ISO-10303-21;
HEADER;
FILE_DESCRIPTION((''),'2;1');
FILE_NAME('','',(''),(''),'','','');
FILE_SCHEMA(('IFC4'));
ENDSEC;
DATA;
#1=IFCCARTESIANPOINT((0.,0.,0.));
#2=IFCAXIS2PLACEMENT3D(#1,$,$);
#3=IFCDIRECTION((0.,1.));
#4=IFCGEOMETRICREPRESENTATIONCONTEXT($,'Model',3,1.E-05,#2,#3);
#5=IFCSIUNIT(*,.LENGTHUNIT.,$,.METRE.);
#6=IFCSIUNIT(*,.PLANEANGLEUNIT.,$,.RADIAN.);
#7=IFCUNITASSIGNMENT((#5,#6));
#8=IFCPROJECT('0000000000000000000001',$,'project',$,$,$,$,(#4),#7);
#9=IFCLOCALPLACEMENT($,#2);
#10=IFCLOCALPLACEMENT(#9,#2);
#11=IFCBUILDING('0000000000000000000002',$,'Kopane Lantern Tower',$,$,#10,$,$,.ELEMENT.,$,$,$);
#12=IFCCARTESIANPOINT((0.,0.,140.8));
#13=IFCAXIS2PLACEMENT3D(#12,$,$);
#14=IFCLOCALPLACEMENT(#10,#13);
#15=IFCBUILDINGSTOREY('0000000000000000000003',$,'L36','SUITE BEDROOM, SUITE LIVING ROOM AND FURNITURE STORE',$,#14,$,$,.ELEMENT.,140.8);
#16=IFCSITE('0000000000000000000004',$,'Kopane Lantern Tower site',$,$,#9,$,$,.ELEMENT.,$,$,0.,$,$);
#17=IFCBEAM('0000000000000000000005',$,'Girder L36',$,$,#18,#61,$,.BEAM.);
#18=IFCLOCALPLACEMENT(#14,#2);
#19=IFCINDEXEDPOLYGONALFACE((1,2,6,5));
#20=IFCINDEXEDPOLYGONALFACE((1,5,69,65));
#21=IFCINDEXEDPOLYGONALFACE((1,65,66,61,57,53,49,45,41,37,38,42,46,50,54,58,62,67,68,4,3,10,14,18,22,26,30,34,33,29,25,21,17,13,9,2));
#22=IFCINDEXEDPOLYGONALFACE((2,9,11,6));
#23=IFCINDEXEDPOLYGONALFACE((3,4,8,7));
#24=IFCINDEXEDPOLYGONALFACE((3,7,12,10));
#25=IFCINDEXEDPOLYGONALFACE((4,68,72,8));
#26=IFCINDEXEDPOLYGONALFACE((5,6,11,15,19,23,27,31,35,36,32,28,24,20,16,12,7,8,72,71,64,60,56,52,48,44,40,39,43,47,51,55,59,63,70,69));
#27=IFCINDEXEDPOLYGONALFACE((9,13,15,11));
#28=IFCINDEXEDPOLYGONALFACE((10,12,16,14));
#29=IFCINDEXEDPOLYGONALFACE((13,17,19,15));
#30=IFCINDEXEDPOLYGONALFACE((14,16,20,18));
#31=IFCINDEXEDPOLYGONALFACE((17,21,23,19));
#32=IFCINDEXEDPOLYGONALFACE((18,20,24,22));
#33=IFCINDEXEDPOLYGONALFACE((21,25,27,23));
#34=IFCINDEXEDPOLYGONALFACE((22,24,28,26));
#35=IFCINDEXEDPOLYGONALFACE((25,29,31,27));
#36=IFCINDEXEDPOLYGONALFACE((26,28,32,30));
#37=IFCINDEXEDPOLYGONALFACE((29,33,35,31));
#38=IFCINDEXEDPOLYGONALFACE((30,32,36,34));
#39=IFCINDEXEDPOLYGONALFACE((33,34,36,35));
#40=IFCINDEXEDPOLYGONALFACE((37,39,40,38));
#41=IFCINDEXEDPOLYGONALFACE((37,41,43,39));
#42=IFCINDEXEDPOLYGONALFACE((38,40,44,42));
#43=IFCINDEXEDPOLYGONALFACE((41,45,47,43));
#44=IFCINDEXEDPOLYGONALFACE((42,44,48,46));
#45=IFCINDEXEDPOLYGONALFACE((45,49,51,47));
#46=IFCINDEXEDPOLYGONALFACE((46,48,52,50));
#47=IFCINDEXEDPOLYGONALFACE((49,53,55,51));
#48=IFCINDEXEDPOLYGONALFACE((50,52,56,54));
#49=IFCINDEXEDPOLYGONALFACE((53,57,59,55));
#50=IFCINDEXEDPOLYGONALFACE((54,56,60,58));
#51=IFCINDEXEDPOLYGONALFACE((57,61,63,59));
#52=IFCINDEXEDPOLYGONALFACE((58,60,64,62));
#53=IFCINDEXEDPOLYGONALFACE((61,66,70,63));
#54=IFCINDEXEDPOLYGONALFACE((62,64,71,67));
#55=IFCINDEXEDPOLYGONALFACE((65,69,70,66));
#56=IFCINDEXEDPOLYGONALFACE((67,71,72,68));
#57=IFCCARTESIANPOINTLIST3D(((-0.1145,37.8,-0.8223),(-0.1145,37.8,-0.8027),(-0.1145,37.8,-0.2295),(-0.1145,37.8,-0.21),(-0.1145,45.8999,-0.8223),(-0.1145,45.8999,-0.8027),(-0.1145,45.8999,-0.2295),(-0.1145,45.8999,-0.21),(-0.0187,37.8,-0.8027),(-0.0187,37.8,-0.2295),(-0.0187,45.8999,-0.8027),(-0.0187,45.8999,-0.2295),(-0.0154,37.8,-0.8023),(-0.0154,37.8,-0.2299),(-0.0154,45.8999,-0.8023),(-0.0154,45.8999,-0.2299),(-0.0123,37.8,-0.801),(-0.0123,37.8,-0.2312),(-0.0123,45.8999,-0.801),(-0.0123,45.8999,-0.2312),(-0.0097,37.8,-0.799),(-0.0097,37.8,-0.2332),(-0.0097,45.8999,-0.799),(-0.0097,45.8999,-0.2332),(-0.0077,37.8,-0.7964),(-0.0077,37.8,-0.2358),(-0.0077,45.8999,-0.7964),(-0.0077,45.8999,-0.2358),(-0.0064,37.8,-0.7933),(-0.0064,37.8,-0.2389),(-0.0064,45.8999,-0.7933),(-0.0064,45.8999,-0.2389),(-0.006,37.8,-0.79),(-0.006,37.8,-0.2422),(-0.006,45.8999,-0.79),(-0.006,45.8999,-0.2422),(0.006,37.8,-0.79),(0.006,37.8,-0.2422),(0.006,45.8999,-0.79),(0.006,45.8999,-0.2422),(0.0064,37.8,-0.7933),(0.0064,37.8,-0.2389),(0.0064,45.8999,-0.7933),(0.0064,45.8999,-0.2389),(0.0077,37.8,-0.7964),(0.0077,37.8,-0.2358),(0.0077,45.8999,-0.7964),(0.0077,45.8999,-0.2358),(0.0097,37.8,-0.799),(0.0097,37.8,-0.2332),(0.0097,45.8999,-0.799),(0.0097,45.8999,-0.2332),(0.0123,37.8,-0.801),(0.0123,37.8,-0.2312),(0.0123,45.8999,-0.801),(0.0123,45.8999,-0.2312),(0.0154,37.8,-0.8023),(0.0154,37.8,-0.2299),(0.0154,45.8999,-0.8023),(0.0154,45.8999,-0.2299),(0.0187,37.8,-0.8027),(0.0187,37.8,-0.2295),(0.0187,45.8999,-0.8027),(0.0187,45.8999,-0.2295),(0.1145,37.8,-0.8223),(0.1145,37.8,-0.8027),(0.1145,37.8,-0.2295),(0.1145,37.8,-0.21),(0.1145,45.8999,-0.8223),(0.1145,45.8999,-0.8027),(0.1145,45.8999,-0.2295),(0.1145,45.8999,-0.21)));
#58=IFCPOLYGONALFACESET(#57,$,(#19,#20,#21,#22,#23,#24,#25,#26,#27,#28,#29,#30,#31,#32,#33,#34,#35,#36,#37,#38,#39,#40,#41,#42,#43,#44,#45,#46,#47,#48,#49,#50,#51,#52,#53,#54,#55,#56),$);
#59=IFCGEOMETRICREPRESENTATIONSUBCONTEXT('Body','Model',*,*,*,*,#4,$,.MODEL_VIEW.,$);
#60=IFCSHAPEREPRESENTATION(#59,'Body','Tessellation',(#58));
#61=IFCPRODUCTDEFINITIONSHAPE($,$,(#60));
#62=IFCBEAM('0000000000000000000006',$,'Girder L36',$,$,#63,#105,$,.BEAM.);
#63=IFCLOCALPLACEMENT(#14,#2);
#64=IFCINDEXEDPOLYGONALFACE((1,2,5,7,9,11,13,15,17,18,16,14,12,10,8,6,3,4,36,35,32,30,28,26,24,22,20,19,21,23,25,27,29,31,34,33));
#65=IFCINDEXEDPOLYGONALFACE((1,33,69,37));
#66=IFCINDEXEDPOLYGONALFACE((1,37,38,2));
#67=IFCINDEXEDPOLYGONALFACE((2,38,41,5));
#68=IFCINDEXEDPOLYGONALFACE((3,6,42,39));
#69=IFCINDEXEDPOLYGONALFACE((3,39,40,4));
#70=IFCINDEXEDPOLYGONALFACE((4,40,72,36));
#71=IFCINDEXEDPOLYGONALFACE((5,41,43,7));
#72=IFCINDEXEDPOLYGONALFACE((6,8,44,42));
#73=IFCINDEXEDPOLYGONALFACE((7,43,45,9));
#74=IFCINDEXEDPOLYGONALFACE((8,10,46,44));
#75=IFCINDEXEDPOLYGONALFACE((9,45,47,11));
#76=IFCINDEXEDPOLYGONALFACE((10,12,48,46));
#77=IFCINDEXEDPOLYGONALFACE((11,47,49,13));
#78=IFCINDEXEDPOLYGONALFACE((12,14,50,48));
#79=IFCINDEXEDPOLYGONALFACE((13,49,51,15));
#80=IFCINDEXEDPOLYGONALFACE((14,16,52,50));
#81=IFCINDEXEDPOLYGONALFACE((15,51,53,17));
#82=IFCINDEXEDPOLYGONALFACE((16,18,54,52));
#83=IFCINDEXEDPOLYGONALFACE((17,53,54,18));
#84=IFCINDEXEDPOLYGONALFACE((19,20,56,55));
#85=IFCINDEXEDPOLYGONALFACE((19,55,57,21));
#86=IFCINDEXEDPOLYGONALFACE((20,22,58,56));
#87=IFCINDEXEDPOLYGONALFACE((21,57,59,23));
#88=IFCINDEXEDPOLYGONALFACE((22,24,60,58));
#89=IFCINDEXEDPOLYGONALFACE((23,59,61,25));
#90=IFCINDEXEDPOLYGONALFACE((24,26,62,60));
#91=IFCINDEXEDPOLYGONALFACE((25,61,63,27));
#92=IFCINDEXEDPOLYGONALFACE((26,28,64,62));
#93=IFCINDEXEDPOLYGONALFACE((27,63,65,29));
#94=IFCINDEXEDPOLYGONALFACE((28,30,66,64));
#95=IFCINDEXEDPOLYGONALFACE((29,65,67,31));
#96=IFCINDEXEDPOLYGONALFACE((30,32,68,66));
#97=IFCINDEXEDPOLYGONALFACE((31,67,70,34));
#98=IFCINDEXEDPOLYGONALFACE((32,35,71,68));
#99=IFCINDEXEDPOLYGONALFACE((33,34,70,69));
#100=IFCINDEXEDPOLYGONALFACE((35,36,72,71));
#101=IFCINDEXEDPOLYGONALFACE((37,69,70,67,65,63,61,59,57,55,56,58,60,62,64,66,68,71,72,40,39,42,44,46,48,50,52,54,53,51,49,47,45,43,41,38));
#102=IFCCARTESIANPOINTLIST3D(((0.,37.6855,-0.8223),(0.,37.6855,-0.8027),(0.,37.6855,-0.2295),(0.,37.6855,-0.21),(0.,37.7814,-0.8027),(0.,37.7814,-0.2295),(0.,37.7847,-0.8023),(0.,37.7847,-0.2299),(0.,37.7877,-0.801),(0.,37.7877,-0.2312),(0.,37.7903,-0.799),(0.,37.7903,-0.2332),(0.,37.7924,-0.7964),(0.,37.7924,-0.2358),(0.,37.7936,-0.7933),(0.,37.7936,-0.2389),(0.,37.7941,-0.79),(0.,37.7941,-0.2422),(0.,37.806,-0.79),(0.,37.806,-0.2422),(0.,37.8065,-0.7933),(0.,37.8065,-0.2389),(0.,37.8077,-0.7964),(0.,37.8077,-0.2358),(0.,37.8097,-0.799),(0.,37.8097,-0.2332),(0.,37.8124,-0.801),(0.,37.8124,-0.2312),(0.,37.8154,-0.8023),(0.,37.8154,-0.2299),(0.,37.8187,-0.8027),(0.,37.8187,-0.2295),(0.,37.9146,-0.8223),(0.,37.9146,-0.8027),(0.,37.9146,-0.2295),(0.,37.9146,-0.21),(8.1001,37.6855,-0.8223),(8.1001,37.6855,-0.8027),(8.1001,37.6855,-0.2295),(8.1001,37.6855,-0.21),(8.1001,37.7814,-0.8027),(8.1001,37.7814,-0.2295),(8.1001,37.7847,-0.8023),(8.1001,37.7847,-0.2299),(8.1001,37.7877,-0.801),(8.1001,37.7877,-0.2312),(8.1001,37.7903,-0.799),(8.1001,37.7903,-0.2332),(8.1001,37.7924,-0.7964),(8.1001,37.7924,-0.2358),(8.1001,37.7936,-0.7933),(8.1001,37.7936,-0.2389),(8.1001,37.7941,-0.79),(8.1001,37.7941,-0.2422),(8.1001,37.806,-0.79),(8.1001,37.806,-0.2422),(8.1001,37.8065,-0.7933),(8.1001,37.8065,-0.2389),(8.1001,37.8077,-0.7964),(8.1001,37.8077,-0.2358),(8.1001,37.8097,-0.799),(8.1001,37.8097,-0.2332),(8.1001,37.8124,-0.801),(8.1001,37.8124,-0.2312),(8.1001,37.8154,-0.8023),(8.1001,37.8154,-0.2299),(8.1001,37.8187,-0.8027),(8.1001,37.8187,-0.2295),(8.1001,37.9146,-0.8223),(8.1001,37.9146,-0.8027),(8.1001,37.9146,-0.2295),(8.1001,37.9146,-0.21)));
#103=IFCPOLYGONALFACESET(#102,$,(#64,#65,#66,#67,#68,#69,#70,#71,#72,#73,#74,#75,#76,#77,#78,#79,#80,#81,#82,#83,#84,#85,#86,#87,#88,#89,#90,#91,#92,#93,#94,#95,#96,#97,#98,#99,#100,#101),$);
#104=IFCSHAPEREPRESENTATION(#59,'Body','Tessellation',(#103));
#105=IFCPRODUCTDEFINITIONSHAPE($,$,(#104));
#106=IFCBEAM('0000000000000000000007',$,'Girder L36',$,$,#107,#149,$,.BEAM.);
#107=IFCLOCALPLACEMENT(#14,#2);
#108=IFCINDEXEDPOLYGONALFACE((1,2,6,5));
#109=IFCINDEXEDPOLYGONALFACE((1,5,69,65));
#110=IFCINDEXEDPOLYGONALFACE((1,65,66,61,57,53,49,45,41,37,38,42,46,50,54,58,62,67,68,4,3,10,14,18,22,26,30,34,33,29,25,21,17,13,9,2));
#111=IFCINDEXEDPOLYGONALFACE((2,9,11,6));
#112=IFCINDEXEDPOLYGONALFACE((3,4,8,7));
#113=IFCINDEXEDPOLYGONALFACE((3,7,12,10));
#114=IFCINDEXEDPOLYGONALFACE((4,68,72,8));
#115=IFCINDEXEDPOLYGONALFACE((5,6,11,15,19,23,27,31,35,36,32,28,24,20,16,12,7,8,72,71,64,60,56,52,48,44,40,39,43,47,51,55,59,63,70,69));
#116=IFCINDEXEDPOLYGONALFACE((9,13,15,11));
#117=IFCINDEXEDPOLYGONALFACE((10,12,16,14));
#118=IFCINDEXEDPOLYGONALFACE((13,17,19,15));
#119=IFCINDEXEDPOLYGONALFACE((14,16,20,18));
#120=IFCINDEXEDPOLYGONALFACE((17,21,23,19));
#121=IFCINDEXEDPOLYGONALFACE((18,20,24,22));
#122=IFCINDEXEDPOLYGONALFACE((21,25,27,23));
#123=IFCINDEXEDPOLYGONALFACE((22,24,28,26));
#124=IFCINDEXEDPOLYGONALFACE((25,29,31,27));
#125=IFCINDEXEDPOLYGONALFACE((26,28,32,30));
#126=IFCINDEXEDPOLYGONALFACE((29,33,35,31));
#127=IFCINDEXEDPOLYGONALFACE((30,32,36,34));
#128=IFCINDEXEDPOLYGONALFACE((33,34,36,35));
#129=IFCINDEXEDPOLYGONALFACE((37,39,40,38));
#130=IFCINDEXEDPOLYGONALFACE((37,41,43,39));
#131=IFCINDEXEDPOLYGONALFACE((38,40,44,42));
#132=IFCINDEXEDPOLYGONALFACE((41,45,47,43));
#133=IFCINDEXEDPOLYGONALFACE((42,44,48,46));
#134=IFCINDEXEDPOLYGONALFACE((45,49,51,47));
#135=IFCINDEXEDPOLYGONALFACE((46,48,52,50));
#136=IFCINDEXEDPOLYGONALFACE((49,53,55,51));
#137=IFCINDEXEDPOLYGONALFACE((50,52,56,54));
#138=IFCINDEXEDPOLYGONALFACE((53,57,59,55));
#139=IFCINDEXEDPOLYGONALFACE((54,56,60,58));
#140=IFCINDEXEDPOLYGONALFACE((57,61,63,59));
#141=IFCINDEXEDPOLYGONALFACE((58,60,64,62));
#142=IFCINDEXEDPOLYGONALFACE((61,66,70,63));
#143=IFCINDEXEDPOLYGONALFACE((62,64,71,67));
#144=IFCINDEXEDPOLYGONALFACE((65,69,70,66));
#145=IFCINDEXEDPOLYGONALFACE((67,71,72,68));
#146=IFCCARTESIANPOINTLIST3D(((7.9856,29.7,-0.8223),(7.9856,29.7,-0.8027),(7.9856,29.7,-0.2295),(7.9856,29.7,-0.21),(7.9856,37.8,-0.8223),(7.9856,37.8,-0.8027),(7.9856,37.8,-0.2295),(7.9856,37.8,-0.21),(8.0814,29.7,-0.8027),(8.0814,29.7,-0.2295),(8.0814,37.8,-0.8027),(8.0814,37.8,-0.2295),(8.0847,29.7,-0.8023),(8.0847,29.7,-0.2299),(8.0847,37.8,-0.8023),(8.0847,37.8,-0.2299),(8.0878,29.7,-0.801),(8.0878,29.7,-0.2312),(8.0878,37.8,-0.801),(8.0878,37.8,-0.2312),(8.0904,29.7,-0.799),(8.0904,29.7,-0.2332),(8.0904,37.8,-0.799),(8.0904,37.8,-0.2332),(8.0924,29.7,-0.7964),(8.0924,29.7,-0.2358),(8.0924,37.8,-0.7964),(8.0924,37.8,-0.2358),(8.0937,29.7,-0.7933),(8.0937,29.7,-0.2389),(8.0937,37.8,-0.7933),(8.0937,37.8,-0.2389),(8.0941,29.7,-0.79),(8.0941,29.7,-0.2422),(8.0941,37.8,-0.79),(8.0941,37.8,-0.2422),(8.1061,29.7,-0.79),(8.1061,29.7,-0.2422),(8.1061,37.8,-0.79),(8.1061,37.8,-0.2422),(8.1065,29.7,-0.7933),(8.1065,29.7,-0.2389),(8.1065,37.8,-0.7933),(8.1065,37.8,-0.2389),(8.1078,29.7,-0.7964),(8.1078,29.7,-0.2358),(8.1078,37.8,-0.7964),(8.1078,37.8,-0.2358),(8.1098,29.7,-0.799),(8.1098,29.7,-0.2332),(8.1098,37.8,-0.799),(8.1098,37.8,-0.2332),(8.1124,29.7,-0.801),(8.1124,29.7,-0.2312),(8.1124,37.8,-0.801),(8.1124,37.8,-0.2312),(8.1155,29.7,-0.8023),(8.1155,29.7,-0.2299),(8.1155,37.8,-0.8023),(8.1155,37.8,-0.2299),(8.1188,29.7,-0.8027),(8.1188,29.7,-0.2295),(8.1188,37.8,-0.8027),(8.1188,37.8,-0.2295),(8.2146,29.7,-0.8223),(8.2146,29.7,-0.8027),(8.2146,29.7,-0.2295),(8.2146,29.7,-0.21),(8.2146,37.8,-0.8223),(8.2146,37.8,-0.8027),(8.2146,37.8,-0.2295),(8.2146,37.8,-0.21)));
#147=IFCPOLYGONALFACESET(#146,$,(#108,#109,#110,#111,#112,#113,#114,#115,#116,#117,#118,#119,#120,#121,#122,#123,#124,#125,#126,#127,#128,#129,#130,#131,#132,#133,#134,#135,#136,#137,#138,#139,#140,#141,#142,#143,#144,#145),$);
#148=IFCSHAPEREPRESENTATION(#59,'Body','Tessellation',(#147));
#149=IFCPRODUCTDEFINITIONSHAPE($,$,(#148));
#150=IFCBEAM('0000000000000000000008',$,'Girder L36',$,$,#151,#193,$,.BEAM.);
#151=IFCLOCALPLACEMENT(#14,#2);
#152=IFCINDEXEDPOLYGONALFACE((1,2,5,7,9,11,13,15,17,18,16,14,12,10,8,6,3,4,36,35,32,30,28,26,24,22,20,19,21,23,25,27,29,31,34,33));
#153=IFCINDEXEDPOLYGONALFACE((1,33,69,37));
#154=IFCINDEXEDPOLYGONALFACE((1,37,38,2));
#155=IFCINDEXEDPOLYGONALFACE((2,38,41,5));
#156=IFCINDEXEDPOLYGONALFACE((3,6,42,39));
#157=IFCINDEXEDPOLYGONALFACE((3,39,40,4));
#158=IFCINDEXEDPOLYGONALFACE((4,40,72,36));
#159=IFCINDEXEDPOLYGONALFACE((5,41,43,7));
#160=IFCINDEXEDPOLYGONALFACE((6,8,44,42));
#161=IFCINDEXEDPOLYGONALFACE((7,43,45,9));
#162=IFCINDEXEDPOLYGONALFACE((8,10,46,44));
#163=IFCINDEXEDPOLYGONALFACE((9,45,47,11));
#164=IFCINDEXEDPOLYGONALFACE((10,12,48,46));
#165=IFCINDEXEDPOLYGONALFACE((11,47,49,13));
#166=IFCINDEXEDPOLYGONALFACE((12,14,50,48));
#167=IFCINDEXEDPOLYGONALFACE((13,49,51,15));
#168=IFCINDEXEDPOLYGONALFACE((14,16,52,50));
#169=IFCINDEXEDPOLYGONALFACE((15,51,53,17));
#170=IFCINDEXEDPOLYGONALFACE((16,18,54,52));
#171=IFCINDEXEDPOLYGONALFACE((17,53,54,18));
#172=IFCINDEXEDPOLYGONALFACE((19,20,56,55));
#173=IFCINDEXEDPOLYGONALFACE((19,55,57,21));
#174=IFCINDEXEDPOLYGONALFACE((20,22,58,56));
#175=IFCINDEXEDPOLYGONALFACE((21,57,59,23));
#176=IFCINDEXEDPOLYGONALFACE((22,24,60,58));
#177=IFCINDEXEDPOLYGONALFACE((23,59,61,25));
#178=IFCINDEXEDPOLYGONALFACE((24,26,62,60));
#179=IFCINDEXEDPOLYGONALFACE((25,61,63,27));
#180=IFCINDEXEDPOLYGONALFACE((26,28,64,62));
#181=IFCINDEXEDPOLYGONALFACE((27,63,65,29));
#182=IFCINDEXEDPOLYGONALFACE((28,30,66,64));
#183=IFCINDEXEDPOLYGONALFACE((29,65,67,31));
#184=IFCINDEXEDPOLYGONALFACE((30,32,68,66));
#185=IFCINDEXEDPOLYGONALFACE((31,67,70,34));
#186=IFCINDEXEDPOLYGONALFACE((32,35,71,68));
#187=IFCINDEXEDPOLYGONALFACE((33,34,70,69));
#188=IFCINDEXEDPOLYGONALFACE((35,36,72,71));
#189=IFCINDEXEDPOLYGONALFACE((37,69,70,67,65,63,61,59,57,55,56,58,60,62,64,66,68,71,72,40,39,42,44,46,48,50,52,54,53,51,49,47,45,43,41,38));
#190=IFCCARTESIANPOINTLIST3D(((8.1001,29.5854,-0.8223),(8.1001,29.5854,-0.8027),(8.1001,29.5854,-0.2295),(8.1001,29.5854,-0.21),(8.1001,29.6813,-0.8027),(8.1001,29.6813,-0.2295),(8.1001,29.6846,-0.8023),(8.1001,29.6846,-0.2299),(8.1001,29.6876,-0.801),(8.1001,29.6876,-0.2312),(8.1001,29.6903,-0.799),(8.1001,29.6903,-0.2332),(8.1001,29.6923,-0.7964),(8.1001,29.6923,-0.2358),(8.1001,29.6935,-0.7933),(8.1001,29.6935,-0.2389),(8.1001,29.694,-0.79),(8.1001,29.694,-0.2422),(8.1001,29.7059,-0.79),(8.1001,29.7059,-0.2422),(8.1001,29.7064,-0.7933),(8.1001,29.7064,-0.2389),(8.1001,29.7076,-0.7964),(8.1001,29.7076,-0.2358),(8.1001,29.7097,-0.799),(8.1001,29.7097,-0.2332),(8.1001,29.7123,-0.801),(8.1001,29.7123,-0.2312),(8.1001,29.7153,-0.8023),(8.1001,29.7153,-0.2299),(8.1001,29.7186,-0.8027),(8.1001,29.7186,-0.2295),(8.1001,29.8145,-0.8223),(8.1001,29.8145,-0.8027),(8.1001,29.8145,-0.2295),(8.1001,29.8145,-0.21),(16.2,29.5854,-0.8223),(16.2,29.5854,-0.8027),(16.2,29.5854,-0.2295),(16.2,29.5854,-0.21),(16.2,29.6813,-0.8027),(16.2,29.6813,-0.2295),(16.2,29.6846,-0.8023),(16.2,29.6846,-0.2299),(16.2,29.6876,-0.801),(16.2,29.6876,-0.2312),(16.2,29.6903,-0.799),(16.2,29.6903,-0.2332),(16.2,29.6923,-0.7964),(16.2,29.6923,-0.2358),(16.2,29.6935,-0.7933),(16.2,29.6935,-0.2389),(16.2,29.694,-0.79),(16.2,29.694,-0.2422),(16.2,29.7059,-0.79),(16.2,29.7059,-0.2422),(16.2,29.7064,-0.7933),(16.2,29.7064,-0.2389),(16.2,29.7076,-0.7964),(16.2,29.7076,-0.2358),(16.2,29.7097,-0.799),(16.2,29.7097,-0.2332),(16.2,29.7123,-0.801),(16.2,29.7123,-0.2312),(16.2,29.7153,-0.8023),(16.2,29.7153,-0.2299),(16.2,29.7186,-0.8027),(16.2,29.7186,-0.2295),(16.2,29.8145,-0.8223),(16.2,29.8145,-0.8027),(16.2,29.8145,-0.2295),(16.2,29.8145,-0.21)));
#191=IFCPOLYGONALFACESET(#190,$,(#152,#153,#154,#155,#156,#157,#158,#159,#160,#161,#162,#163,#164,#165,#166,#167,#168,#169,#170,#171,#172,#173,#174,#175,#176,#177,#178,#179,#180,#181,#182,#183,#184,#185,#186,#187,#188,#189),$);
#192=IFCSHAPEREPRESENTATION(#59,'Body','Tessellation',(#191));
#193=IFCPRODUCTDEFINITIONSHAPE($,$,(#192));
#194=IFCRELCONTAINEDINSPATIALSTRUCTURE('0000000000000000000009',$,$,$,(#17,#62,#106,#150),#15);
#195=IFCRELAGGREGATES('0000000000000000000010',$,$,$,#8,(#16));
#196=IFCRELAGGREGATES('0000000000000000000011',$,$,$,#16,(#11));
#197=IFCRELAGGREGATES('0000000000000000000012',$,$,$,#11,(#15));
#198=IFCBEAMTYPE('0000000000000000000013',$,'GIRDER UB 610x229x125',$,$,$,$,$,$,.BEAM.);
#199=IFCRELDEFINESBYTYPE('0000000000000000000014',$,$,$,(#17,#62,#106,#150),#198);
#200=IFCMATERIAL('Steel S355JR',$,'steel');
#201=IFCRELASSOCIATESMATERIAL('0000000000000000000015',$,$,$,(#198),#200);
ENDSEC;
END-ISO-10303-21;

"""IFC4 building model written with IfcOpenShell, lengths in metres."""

from ifc_helpers import new_model, si_unit, direction, frame, origin, origin_2d, place, context, subcontext, project, spatial, i_section, extrude, material, material_profile, profile_set, type_object, element, save


model = new_model("IFC4")

# Units and contexts
model_context = context("Model", 3, precision=1e-05, world=origin(), true_north=direction((0.0, 1.0)))
body_context = subcontext(model_context, "Body", "Model", "MODEL_VIEW")
ifc_project = project(units=[si_unit("LENGTHUNIT", "METRE"), si_unit("PLANEANGLEUNIT", "RADIAN")], contexts=[model_context])

# Site, building, storey
site_placement = place(None, origin())
site = spatial("IfcSite", under=ifc_project, at=site_placement, Name="Kopane Lantern Tower site", CompositionType="ELEMENT", RefElevation=0.0)
building_placement = place(site_placement, origin())
building = spatial("IfcBuilding", under=site, at=building_placement, Name="Kopane Lantern Tower", CompositionType="ELEMENT")
storey_placement = place(building_placement, frame((0.0, 0.0, 140.8)))
storey = spatial("IfcBuildingStorey", under=building, at=storey_placement, Name="L36", Description="SUITE BEDROOM, SUITE LIVING ROOM AND FURNITURE STORE", CompositionType="ELEMENT", Elevation=140.8)

# Beams
ifc_material_1 = material(Name="Steel S355JR", Category="steel")
ifc_material_profile_1 = material_profile(ifc_material_1, i_section(OverallWidth=0.229, OverallDepth=0.6123, WebThickness=0.012, FlangeThickness=0.0195, FilletRadius=0.0127, at=origin_2d()), Name="UB 610x229x125")
ifc_profile_set_1 = profile_set([ifc_material_profile_1], Name="Steel S355JR")
beam_type = type_object("IfcBeamType", Name="GIRDER UB 610x229x125", PredefinedType="BEAM", material=ifc_profile_set_1)
beam_placement = place(storey_placement, frame((0.0, 37.8, -0.5161), z_axis=(0.0, 1.0, 0.0), x_axis=(-1.0, 0.0, 0.0)))
element("IfcBeam", 1, at=beam_placement, inside=storey, type_object=beam_type, Name="Girder L36", PredefinedType="BEAM", context=body_context, shape_type="SweptSolid", body=[
    extrude(i_section(OverallWidth=0.229, OverallDepth=0.6123, WebThickness=0.012, FlangeThickness=0.0195, FilletRadius=0.0127, at=origin_2d()), origin(), (0.0, 0.0, 1.0), 8.0999),
])
for number, where, z_axis, x_axis, name in (
    (2, (0.0, 37.8, -0.5161), (1.0, 0.0, 0.0), (0.0, 1.0, 0.0), "Girder L36"),
    (3, (8.1001, 29.7, -0.5161), (0.0, 1.0, 0.0), (-1.0, 0.0, 0.0), "Girder L36"),
):
    element("IfcBeam", number, at=place(storey_placement, frame(where, z_axis=z_axis, x_axis=x_axis)), inside=storey, type_object=beam_type, Name=name, PredefinedType="BEAM", context=body_context, shape_type="SweptSolid", body=[
        extrude(i_section(OverallWidth=0.229, OverallDepth=0.6123, WebThickness=0.012, FlangeThickness=0.0195, FilletRadius=0.0127, at=origin_2d()), origin(), (0.0, 0.0, 1.0), 8.1001),
    ])
for number, where, z_axis, x_axis, name in (
    (4, (8.1001, 29.7, -0.5161), (1.0, 0.0, 0.0), (0.0, 1.0, 0.0), "Girder L36"),
):
    element("IfcBeam", number, at=place(storey_placement, frame(where, z_axis=z_axis, x_axis=x_axis)), inside=storey, type_object=beam_type, Name=name, PredefinedType="BEAM", context=body_context, shape_type="SweptSolid", body=[
        extrude(i_section(OverallWidth=0.229, OverallDepth=0.6123, WebThickness=0.012, FlangeThickness=0.0195, FilletRadius=0.0127, at=origin_2d()), origin(), (0.0, 0.0, 1.0), 8.0999),
    ])

save(model, "model.ifc")
